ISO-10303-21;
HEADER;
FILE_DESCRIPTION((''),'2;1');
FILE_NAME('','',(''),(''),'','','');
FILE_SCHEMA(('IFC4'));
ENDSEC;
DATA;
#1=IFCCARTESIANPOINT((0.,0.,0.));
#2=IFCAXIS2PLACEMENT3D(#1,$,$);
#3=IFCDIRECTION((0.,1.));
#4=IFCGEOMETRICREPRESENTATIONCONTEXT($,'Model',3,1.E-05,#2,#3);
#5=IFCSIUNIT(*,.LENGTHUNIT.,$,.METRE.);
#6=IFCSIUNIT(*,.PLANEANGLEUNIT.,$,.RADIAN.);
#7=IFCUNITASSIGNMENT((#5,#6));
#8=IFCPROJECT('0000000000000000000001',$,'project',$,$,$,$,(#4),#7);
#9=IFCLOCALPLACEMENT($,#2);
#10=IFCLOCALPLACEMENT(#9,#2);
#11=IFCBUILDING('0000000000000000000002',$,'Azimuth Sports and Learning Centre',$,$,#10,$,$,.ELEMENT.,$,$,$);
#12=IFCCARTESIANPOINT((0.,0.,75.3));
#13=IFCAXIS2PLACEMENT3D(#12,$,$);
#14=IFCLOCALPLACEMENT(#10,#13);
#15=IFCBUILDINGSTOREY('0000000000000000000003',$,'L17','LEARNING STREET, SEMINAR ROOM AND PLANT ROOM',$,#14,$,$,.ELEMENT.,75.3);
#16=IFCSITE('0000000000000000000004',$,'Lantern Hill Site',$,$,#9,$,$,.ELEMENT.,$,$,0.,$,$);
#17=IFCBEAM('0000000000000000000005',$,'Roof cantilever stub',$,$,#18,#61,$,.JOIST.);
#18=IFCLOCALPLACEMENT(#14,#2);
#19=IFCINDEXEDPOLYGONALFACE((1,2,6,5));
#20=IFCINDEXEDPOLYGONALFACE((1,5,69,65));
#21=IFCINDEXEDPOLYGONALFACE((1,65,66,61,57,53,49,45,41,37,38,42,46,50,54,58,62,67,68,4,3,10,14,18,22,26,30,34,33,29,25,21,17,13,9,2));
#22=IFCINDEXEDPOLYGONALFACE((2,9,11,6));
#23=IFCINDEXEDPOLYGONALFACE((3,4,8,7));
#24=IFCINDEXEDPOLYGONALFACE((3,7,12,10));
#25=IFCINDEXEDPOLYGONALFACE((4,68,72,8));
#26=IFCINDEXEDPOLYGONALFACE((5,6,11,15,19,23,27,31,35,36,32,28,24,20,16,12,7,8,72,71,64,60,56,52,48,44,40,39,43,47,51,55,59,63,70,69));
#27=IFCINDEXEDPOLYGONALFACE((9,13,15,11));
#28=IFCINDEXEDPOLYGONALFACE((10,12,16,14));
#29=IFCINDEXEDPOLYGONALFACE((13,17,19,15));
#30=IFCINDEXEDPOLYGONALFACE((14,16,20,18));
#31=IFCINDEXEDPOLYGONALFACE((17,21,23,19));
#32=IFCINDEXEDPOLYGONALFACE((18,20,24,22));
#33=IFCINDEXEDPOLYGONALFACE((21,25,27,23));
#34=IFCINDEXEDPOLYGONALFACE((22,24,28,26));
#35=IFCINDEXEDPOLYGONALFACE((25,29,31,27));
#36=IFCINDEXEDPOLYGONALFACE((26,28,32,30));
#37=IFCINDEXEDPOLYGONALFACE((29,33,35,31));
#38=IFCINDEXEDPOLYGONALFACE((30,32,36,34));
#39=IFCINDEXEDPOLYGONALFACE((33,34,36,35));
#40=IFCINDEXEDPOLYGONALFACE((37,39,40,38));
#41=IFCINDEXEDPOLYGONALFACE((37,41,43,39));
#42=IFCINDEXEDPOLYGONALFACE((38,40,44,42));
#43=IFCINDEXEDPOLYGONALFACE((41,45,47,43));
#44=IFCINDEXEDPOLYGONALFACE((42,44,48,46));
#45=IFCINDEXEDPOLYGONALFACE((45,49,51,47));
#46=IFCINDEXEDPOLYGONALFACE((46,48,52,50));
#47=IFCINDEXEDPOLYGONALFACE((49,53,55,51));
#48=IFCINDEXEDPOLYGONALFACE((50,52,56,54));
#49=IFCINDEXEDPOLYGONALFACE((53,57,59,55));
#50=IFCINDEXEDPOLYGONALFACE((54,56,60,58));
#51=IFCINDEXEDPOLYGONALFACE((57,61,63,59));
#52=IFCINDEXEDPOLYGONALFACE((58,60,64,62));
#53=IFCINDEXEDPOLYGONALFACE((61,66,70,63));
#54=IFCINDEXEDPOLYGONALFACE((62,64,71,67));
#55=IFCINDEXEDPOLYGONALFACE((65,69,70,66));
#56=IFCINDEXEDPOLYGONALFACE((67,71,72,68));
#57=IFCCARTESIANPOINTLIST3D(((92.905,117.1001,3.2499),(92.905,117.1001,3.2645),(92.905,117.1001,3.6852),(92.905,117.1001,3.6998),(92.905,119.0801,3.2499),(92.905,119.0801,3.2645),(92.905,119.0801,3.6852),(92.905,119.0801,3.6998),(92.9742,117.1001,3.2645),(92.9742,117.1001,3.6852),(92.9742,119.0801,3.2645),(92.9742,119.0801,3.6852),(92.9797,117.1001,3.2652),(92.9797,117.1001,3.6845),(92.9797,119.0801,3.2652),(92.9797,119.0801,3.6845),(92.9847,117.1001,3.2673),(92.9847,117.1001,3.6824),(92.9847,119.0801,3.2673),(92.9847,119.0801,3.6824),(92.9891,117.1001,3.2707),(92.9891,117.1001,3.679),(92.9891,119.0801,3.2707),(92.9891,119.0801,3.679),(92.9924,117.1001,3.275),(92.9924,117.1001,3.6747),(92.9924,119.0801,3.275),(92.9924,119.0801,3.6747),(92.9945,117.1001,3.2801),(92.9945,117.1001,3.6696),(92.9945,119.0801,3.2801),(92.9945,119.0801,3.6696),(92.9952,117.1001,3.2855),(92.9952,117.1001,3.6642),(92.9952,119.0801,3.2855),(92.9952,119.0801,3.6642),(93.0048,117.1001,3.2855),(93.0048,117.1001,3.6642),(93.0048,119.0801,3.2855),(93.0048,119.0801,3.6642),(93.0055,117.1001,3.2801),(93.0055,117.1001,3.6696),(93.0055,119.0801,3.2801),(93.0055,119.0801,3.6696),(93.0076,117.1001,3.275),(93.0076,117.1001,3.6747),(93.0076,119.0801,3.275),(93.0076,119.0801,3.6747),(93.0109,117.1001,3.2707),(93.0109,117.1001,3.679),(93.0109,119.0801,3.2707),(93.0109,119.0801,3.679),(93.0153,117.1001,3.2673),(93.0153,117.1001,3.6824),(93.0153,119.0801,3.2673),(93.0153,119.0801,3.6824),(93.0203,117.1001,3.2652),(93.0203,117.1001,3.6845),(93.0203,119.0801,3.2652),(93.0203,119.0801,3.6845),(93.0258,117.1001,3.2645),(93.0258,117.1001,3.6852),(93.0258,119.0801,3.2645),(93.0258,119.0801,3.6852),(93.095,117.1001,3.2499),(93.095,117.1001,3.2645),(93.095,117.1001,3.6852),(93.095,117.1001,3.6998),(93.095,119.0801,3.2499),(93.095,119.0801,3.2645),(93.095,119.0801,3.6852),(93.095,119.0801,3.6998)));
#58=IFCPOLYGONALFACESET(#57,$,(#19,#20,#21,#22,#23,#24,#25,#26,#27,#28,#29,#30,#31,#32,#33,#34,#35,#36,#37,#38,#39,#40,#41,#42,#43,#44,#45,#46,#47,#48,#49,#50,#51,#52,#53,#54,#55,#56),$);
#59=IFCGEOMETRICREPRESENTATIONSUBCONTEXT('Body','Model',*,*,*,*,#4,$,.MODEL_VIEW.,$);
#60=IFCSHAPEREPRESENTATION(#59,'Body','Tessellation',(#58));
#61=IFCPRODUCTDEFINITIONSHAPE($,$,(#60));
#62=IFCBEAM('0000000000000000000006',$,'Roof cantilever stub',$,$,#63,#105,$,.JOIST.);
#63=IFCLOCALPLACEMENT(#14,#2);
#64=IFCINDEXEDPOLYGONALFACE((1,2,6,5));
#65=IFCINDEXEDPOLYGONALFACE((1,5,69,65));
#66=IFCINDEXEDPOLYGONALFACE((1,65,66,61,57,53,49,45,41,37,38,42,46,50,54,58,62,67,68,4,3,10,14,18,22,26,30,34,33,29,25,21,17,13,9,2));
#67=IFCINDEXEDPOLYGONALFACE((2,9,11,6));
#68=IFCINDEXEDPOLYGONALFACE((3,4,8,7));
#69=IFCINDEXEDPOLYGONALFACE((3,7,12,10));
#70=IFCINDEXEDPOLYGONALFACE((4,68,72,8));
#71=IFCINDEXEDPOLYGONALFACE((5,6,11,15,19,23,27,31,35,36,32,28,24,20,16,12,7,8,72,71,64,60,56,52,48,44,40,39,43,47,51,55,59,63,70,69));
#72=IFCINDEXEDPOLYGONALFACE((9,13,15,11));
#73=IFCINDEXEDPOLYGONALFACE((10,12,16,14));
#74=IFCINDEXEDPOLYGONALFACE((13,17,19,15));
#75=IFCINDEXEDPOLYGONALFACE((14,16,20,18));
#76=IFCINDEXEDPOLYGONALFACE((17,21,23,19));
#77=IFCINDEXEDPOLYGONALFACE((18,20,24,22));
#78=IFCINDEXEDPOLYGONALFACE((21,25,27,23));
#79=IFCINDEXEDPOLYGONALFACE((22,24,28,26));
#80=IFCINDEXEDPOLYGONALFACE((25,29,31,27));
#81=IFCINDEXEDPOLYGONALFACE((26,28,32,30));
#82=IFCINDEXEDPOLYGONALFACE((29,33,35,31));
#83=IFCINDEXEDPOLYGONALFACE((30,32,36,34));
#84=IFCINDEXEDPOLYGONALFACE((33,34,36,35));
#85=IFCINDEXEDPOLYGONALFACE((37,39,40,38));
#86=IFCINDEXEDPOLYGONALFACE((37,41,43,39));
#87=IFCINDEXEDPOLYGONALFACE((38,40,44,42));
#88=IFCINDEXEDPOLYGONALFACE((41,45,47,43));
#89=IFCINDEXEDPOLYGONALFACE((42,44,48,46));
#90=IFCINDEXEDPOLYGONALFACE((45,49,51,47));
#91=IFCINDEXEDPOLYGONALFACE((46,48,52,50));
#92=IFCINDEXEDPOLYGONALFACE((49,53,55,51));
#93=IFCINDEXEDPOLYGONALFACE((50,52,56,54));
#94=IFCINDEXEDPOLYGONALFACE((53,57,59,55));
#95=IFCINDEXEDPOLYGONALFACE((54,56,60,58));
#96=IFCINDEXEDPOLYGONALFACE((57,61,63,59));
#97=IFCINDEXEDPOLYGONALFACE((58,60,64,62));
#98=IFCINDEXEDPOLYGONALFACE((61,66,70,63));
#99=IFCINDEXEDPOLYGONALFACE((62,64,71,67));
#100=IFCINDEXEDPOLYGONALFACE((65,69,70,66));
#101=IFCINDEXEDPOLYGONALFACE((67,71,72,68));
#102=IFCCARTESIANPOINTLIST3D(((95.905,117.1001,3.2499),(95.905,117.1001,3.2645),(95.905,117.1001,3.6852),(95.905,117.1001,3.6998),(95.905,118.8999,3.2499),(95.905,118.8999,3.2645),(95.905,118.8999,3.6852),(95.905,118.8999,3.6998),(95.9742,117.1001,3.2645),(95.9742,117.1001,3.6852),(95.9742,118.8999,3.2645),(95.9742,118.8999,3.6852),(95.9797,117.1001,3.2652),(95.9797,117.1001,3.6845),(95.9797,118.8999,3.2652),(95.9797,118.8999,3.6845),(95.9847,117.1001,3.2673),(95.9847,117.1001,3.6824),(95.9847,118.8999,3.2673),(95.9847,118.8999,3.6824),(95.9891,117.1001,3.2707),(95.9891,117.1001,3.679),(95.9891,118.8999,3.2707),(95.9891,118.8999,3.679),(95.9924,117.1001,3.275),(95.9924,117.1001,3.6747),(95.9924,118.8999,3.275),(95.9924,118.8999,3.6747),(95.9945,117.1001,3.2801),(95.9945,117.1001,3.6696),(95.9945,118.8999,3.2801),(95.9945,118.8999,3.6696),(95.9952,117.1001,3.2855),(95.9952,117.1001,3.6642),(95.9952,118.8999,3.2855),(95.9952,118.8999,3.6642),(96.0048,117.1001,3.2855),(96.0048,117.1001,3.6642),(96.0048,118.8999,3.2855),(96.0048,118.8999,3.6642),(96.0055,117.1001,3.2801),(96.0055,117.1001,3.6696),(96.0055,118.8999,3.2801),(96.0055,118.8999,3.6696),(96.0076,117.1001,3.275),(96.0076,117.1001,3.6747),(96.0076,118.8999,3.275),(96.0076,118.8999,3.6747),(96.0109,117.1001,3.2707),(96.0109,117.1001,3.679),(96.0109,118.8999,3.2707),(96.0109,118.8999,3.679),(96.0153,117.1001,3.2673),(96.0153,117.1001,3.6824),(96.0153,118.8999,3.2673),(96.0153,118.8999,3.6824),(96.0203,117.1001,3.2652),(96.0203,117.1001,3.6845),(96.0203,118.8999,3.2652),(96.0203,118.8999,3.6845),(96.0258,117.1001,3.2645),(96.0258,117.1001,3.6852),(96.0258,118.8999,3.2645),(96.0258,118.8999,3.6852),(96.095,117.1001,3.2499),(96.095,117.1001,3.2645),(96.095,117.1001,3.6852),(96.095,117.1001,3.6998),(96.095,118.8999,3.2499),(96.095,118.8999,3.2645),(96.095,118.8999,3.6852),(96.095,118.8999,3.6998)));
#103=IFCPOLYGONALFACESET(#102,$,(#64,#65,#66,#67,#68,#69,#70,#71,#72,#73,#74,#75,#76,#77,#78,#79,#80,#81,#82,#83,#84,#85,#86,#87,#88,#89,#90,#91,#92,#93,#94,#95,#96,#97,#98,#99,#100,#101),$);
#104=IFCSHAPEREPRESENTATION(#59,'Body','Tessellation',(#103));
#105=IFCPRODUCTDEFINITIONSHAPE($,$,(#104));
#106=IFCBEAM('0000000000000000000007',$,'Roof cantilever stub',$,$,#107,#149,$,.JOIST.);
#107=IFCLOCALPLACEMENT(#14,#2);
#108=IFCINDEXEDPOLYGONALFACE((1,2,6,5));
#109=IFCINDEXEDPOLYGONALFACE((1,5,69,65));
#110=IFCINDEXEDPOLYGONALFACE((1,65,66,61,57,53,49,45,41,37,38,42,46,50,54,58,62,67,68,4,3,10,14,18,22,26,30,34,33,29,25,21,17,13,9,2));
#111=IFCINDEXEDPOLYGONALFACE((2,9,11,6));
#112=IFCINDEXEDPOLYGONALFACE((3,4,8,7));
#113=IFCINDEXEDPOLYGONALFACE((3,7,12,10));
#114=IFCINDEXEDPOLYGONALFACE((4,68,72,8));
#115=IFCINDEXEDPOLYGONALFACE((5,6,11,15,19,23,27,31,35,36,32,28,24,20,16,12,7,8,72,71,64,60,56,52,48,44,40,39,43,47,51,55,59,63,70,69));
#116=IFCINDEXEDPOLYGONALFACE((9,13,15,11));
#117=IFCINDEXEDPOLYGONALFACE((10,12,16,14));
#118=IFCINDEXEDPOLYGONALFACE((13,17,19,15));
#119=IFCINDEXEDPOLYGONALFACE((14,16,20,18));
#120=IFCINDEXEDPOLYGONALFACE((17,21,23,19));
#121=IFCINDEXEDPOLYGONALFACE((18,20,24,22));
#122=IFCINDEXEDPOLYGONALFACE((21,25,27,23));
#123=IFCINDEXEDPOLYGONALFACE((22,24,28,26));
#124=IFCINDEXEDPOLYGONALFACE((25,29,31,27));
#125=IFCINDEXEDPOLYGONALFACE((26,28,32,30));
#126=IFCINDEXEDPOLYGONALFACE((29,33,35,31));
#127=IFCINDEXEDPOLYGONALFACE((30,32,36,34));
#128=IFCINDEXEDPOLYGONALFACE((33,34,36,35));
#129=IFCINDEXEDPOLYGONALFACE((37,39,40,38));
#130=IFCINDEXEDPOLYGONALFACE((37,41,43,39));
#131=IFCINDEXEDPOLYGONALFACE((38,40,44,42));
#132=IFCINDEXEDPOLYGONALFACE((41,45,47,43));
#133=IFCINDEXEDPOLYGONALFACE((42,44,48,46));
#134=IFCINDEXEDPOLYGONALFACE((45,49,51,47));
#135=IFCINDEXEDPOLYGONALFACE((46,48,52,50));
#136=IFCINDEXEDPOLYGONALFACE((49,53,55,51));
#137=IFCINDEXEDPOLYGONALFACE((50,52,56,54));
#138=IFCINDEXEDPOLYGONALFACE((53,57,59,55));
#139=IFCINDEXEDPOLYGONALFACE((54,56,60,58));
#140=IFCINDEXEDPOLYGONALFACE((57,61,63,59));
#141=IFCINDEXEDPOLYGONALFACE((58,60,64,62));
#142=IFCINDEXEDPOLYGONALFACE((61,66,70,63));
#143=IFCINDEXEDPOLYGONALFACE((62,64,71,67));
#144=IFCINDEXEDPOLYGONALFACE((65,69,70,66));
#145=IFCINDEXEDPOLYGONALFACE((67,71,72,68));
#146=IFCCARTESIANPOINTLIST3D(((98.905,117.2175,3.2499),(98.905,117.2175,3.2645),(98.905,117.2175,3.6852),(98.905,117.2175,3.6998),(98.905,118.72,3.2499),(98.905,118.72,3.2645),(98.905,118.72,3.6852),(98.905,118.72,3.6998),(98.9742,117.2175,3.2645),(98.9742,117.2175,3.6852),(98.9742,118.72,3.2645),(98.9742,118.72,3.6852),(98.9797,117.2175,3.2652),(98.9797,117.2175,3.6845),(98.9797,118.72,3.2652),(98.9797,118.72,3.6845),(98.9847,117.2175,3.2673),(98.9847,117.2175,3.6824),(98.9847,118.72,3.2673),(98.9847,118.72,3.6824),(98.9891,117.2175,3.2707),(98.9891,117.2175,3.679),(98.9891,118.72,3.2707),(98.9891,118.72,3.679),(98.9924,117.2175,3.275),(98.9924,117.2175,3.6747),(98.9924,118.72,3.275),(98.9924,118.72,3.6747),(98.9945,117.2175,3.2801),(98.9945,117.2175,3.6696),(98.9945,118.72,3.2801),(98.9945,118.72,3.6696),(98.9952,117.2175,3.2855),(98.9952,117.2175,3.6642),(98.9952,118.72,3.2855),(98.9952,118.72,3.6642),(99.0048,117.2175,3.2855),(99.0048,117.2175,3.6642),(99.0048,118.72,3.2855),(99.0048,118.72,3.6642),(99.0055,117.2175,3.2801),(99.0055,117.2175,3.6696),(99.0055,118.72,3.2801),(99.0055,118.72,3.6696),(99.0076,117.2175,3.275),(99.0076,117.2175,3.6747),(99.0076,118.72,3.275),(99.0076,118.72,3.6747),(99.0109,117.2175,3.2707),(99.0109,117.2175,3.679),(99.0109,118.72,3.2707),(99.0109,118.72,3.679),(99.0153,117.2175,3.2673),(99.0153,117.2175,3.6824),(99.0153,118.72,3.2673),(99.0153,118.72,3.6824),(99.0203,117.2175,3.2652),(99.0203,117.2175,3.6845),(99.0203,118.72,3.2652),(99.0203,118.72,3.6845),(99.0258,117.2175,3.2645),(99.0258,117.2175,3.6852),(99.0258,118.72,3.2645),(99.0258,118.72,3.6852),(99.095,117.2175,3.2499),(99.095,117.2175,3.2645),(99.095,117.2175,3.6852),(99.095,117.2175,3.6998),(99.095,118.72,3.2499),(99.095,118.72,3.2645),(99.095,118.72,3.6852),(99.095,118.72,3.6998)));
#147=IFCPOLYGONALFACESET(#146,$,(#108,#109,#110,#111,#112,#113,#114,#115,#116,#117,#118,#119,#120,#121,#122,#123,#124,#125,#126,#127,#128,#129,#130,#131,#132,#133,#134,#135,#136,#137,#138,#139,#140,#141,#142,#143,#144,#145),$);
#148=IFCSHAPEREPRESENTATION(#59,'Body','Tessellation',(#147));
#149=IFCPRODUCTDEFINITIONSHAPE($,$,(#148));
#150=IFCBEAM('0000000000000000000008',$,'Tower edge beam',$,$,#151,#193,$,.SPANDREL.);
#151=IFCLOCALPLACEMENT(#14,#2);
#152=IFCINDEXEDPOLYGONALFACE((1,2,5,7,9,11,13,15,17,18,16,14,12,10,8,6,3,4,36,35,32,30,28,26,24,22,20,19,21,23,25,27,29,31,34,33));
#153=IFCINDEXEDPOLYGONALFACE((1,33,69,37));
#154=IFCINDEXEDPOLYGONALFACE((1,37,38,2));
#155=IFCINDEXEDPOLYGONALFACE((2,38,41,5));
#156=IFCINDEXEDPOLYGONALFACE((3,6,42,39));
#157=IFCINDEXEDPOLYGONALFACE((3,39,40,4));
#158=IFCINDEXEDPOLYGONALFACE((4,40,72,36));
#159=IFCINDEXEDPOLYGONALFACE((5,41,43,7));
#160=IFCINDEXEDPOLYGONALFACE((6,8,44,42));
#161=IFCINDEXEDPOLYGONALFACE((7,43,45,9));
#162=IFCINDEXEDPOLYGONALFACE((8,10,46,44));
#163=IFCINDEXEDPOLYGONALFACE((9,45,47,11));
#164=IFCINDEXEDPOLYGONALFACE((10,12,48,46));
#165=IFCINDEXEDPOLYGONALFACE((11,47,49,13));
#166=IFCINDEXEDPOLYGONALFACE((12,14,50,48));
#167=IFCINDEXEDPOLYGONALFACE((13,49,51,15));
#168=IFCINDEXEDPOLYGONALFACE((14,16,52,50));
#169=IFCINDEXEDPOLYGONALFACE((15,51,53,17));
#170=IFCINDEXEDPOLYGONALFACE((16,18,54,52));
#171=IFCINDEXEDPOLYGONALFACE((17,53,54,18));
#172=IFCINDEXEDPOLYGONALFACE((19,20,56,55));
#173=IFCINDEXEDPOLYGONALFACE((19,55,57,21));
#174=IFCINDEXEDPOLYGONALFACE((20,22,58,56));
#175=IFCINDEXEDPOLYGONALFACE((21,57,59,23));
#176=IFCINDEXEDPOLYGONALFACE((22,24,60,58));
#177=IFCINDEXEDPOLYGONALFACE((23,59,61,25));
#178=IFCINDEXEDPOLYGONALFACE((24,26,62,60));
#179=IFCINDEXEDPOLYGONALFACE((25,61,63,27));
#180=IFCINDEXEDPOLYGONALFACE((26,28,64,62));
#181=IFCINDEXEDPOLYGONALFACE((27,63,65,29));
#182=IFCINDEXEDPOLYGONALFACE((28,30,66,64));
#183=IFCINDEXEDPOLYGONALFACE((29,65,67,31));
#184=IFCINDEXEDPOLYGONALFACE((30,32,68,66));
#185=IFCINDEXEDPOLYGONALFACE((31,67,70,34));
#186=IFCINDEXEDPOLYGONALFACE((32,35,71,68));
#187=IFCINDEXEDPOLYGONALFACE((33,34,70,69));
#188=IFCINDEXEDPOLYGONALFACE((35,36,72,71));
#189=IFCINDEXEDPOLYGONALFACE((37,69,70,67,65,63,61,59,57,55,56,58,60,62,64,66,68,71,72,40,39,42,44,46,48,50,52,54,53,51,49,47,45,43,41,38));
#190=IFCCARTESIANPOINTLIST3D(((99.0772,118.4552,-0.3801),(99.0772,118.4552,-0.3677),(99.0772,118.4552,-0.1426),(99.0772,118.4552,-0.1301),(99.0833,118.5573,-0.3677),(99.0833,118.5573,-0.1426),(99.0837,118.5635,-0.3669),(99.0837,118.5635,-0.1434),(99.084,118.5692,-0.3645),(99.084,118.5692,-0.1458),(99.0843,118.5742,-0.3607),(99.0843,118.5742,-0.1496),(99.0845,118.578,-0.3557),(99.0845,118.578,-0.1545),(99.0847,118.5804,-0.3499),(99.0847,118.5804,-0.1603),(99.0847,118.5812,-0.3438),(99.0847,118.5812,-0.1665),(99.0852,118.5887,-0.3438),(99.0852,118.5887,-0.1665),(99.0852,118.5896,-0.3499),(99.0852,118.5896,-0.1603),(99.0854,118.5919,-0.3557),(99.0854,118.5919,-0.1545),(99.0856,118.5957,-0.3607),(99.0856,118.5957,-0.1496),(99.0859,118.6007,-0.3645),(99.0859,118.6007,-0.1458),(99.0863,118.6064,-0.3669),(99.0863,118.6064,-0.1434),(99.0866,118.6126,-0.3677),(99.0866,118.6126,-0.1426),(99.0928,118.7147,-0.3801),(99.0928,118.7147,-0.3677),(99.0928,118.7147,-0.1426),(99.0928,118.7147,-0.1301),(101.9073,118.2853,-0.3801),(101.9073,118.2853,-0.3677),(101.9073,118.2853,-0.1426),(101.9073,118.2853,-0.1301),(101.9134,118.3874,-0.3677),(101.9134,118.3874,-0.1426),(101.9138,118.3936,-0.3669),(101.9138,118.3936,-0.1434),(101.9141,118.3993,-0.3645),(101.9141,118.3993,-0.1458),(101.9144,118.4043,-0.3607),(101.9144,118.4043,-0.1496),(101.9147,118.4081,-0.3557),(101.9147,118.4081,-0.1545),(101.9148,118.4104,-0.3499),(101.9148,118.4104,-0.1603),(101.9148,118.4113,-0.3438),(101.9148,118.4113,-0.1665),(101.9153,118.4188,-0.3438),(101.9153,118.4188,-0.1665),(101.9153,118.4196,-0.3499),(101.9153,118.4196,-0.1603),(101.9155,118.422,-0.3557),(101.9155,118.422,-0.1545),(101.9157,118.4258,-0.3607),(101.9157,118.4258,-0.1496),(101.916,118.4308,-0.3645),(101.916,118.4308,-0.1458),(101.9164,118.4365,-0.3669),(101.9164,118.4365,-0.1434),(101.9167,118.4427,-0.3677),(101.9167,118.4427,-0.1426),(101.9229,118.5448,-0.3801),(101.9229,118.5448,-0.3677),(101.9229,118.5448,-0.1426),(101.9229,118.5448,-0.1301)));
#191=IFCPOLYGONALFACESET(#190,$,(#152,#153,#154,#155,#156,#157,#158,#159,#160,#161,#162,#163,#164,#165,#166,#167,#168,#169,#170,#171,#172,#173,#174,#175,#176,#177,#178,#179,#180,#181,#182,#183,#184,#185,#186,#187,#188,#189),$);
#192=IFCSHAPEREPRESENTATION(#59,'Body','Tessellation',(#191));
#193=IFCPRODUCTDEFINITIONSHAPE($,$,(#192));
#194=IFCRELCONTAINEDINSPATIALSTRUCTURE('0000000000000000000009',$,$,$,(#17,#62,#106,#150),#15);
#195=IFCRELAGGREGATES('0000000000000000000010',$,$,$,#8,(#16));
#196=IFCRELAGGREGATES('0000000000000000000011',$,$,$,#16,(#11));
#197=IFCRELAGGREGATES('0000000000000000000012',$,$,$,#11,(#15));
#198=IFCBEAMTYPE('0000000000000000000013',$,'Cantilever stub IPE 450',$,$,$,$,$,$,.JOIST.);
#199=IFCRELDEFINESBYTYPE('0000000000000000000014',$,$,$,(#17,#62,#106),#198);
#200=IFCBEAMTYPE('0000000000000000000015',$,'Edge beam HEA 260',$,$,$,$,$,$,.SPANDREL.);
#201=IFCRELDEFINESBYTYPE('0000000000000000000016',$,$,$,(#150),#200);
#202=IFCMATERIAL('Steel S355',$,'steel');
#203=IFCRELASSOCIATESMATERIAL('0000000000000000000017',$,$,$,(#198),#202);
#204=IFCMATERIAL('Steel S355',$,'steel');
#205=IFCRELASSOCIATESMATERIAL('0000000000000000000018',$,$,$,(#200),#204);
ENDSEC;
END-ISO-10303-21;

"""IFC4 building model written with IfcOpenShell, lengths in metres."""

from ifc_helpers import new_model, si_unit, direction, frame, origin, origin_2d, place, context, subcontext, project, spatial, i_section, extrude, material, material_profile, profile_set, type_object, element, save


model = new_model("IFC4")

# Units and contexts
model_context = context("Model", 3, precision=1e-05, world=origin(), true_north=direction((0.0, 1.0)))
body_context = subcontext(model_context, "Body", "Model", "MODEL_VIEW")
ifc_project = project(units=[si_unit("LENGTHUNIT", "METRE"), si_unit("PLANEANGLEUNIT", "RADIAN")], contexts=[model_context])

# Site, building, storey
site_placement = place(None, origin())
site = spatial("IfcSite", under=ifc_project, at=site_placement, Name="Lantern Hill Site", CompositionType="ELEMENT", RefElevation=0.0)
building_placement = place(site_placement, origin())
building = spatial("IfcBuilding", under=site, at=building_placement, Name="Azimuth Sports and Learning Centre", CompositionType="ELEMENT")
storey_placement = place(building_placement, frame((0.0, 0.0, 75.3)))
storey = spatial("IfcBuildingStorey", under=building, at=storey_placement, Name="L17", Description="LEARNING STREET, SEMINAR ROOM AND PLANT ROOM", CompositionType="ELEMENT", Elevation=75.3)

# Beams
ifc_material_1 = material(Name="Steel S355", Category="steel")
ifc_material_profile_1 = material_profile(ifc_material_1, i_section(OverallWidth=0.1899, OverallDepth=0.45, WebThickness=0.0095, FlangeThickness=0.0146, FilletRadius=0.021, at=origin_2d()), Name="IPE 450")
ifc_profile_set_1 = profile_set([ifc_material_profile_1], Name="Steel S355")
beam_type_1 = type_object("IfcBeamType", Name="Cantilever stub IPE 450", PredefinedType="JOIST", material=ifc_profile_set_1)
beam_1_placement = place(storey_placement, frame((93.0, 117.1001, 3.4749), z_axis=(0.0, 1.0, 0.0), x_axis=(-1.0, 0.0, 0.0)))
element("IfcBeam", 1, at=beam_1_placement, inside=storey, type_object=beam_type_1, Name="Roof cantilever stub", PredefinedType="JOIST", context=body_context, shape_type="SweptSolid", body=[
    extrude(i_section(OverallWidth=0.1899, OverallDepth=0.45, WebThickness=0.0095, FlangeThickness=0.0146, FilletRadius=0.021, at=origin_2d()), origin(), (0.0, 0.0, 1.0), 1.98),
])
beam_2_placement = place(storey_placement, frame((96.0, 117.1001, 3.4749), z_axis=(0.0, 1.0, 0.0), x_axis=(-1.0, 0.0, 0.0)))
element("IfcBeam", 2, at=beam_2_placement, inside=storey, type_object=beam_type_1, Name="Roof cantilever stub", PredefinedType="JOIST", context=body_context, shape_type="SweptSolid", body=[
    extrude(i_section(OverallWidth=0.1899, OverallDepth=0.45, WebThickness=0.0095, FlangeThickness=0.0146, FilletRadius=0.021, at=origin_2d()), origin(), (0.0, 0.0, 1.0), 1.7998),
])
beam_3_placement = place(storey_placement, frame((99.0, 117.2175, 3.4749), z_axis=(0.0, 1.0, 0.0), x_axis=(-1.0, 0.0, 0.0)))
element("IfcBeam", 3, at=beam_3_placement, inside=storey, type_object=beam_type_1, Name="Roof cantilever stub", PredefinedType="JOIST", context=body_context, shape_type="SweptSolid", body=[
    extrude(i_section(OverallWidth=0.1899, OverallDepth=0.45, WebThickness=0.0095, FlangeThickness=0.0146, FilletRadius=0.021, at=origin_2d()), origin(), (0.0, 0.0, 1.0), 1.5024),
])
ifc_material_2 = material(Name="Steel S355", Category="steel")
ifc_material_profile_2 = material_profile(ifc_material_2, i_section(OverallWidth=0.26, OverallDepth=0.25, WebThickness=0.0076, FlangeThickness=0.0125, FilletRadius=0.0239, at=origin_2d()), Name="HEA 260")
ifc_profile_set_2 = profile_set([ifc_material_profile_2], Name="Steel S355")
beam_type_2 = type_object("IfcBeamType", Name="Edge beam HEA 260", PredefinedType="SPANDREL", material=ifc_profile_set_2)
beam_4_placement = place(storey_placement, frame((99.085, 118.585, -0.2551), z_axis=(0.998202, -0.059933, 0.0), x_axis=(0.059933, 0.998202, 0.0)))
element("IfcBeam", 4, at=beam_4_placement, inside=storey, type_object=beam_type_2, Name="Tower edge beam", PredefinedType="SPANDREL", context=body_context, shape_type="SweptSolid", body=[
    extrude(i_section(OverallWidth=0.26, OverallDepth=0.25, WebThickness=0.0076, FlangeThickness=0.0125, FilletRadius=0.0239, at=origin_2d()), origin(), (0.0, 0.0, 1.0), 2.8352),
])

save(model, "model.ifc")
